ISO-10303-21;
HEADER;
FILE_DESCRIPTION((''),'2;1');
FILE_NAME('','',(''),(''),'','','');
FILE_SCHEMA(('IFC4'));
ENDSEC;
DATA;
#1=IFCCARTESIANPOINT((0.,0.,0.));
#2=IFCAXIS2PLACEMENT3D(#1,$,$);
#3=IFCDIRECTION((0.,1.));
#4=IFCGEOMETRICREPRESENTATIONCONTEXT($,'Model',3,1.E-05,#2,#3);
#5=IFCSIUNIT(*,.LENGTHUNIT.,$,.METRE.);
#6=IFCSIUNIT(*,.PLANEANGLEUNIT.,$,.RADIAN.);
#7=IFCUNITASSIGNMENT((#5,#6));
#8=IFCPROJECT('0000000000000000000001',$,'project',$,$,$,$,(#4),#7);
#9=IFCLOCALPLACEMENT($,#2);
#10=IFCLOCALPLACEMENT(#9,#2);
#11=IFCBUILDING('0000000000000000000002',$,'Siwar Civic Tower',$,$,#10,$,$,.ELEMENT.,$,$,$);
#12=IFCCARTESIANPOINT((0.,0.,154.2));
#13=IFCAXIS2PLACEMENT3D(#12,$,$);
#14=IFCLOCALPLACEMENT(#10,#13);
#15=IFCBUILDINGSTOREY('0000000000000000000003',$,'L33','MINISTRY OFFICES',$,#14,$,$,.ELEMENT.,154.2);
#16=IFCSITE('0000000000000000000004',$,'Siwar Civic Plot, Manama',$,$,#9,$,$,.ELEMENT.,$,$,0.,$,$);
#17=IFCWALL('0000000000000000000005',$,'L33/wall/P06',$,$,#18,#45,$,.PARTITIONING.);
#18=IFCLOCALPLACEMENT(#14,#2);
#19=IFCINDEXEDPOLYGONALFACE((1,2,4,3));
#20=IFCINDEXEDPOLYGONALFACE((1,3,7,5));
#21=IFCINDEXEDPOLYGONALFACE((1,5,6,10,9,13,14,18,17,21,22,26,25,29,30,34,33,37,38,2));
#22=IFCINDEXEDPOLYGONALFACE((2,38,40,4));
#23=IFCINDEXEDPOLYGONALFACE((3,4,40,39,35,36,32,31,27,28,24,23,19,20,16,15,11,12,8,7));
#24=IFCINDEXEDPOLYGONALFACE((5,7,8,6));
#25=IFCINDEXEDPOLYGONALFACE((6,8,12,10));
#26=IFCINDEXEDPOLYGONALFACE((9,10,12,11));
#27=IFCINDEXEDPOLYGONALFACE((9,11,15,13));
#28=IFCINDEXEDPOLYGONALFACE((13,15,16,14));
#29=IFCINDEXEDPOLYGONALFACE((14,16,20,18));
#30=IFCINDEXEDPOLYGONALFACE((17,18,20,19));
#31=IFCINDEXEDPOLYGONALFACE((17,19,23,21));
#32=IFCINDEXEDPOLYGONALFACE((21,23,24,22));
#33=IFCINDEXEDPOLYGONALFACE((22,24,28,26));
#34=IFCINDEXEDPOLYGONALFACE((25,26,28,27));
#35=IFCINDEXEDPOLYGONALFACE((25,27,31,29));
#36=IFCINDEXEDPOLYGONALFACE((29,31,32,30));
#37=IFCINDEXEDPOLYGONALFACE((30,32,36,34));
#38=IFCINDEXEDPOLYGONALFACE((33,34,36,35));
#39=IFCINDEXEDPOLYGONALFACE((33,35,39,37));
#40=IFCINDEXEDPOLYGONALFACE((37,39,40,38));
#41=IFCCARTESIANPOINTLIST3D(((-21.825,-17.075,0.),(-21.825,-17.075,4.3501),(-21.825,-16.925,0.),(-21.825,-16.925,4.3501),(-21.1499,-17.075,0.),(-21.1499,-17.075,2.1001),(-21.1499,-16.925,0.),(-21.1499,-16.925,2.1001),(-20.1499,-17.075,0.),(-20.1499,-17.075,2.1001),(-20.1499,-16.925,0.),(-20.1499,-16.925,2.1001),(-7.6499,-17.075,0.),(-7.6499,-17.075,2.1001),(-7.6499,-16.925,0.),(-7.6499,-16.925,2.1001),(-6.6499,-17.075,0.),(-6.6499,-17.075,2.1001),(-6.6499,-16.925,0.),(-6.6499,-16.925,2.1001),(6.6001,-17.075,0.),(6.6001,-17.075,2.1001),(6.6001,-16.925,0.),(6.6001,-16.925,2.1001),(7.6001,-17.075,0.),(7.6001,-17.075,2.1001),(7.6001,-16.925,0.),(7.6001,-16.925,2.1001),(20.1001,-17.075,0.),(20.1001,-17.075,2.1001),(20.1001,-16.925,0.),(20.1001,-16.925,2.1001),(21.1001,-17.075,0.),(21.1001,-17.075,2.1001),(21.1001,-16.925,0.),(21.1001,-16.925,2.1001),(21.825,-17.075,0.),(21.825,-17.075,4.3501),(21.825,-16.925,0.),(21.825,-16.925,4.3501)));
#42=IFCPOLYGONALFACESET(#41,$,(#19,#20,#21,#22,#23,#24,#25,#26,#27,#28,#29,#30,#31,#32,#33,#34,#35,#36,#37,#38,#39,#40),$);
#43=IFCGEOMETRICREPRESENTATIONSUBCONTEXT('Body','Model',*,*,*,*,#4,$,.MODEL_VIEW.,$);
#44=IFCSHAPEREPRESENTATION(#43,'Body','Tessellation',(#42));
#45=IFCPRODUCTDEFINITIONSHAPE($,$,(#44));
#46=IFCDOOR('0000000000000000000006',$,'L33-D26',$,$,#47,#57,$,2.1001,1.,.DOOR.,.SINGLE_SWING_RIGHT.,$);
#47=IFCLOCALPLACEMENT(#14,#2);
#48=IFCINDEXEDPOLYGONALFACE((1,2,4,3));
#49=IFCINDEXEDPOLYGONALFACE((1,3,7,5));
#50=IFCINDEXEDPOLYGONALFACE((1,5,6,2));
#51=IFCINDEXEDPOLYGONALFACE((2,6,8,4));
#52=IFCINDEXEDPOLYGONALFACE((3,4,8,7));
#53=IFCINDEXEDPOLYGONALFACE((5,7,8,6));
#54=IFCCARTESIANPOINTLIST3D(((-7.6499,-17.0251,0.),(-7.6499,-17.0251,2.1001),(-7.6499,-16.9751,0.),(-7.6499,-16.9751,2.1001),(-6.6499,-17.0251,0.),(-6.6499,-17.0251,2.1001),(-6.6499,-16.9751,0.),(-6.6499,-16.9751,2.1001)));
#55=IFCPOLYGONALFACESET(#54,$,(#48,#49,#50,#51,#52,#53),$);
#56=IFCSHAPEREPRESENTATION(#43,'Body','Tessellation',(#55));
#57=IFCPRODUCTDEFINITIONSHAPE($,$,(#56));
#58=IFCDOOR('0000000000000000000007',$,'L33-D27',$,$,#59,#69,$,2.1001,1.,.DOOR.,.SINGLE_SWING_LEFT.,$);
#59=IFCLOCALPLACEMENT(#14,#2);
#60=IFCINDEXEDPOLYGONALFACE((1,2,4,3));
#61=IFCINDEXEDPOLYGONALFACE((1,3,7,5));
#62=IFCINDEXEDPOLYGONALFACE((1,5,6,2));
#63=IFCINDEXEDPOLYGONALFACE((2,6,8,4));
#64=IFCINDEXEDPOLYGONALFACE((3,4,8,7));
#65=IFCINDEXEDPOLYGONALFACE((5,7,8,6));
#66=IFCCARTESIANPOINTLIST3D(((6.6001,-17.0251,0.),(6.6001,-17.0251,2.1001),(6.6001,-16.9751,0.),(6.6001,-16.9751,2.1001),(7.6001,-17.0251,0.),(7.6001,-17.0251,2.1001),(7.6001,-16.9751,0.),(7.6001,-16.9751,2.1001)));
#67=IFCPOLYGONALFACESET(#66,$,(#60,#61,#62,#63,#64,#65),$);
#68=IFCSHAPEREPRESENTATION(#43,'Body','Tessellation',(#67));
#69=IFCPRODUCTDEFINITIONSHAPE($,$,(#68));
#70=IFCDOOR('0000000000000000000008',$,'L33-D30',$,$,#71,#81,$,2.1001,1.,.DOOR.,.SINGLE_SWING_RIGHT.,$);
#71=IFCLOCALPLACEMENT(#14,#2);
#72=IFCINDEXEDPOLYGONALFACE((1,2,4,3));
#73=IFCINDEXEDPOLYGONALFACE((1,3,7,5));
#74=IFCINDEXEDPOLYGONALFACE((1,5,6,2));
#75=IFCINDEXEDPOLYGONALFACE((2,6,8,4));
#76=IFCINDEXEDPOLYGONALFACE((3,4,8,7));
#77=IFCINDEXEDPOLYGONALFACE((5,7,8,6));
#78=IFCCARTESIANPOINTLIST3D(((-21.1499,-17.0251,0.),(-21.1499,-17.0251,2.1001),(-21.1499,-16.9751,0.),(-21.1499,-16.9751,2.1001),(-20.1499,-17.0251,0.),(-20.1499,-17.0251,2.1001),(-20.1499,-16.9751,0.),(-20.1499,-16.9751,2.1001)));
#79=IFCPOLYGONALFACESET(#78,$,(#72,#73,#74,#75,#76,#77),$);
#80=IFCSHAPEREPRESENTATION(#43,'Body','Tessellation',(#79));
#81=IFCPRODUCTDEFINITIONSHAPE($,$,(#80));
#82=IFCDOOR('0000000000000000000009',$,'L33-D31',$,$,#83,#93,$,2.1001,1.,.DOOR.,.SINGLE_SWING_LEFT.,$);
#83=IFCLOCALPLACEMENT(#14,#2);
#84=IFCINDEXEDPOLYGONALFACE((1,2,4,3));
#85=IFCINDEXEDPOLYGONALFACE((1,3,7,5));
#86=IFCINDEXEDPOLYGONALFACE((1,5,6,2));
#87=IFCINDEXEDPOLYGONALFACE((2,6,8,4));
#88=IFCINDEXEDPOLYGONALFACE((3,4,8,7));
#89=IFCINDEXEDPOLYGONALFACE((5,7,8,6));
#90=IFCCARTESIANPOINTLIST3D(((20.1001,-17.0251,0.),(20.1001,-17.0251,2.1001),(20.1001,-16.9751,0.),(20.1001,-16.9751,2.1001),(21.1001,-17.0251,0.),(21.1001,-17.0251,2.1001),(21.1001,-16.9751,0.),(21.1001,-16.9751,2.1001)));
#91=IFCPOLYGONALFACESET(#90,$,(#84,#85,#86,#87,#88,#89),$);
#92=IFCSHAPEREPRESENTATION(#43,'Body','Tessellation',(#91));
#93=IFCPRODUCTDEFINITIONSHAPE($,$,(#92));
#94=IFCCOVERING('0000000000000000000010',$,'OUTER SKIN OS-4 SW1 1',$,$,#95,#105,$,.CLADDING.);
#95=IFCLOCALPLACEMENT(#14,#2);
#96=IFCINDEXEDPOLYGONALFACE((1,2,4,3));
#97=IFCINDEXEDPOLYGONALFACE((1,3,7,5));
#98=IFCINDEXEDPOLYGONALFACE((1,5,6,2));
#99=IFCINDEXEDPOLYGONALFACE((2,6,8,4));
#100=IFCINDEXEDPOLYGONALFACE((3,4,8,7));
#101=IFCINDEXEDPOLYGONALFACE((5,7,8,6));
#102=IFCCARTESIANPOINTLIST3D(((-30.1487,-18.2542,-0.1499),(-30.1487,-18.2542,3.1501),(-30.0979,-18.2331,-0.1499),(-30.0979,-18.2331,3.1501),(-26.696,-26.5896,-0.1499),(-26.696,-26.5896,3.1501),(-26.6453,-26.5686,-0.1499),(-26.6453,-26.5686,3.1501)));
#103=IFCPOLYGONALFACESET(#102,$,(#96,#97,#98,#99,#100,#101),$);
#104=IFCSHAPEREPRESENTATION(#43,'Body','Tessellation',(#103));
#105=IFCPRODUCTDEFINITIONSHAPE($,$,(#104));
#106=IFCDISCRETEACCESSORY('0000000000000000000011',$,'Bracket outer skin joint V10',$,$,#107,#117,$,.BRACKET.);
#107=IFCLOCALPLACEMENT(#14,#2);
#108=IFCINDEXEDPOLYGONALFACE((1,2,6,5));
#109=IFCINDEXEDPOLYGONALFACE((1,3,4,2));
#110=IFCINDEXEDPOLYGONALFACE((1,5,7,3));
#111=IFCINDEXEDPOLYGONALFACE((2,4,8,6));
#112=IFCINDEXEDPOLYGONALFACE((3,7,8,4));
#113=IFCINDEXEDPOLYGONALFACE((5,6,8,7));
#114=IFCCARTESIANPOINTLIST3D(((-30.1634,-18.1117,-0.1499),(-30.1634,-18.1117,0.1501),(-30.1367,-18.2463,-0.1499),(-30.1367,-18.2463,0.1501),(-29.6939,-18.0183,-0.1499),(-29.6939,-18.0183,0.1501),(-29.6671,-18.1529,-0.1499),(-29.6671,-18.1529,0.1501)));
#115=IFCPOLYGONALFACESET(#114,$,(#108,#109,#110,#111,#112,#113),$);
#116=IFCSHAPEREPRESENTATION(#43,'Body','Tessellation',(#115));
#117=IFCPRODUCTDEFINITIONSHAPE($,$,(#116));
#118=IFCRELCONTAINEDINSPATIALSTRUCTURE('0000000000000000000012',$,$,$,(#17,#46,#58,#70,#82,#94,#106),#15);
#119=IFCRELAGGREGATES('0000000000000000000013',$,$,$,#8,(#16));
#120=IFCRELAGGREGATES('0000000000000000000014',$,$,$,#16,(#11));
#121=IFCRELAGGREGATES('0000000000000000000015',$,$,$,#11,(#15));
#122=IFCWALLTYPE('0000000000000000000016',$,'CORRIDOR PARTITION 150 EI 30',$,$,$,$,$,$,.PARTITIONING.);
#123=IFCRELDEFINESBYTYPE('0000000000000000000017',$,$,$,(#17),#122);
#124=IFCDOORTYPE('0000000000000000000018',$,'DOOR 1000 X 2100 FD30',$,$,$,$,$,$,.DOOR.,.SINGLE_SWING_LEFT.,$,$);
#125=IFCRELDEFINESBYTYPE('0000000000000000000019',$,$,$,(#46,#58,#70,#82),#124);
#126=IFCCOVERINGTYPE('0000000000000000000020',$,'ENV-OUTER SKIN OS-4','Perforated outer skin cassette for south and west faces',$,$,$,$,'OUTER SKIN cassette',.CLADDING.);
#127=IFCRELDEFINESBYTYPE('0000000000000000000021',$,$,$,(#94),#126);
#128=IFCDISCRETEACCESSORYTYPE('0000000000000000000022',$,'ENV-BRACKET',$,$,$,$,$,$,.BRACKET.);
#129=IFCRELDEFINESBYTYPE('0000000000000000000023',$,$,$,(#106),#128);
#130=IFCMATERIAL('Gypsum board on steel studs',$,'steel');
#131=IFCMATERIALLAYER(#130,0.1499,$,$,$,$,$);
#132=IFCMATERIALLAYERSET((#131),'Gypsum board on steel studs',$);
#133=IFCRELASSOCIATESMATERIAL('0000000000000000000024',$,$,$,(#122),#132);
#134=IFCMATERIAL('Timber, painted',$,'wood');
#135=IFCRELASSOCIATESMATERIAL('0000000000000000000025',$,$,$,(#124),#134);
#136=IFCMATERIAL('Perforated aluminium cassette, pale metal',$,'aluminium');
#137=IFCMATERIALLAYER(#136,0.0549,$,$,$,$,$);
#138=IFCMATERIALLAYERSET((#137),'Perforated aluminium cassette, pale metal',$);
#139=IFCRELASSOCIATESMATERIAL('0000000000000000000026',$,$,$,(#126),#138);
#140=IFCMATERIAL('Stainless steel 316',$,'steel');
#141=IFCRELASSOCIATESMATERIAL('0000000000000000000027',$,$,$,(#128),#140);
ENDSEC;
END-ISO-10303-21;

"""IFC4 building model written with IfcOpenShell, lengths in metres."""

from ifc_helpers import new_model, si_unit, direction, frame, frame_2d, origin, origin_2d, place, context, subcontext, project, spatial, rectangle, extrude, material, layer, layer_set, type_object, element, fill, save


model = new_model("IFC4")

# Units and contexts
model_context = context("Model", 3, precision=1e-05, world=origin(), true_north=direction((0.0, 1.0)))
body_context = subcontext(model_context, "Body", "Model", "MODEL_VIEW")
ifc_project = project(units=[si_unit("LENGTHUNIT", "METRE"), si_unit("PLANEANGLEUNIT", "RADIAN")], contexts=[model_context])

# Site, building, storey
site_placement = place(None, origin())
site = spatial("IfcSite", under=ifc_project, at=site_placement, Name="Siwar Civic Plot, Manama", CompositionType="ELEMENT", RefElevation=0.0)
building_placement = place(site_placement, origin())
building = spatial("IfcBuilding", under=site, at=building_placement, Name="Siwar Civic Tower", CompositionType="ELEMENT")
storey_placement = place(building_placement, frame((0.0, 0.0, 154.2)))
storey = spatial("IfcBuildingStorey", under=building, at=storey_placement, Name="L33", Description="MINISTRY OFFICES", CompositionType="ELEMENT", Elevation=154.2)

# Shared definitions
ifc_material_1 = material(Name="Gypsum board on steel studs", Category="steel")
ifc_layer_1 = layer(ifc_material_1, 0.1499)
ifc_layer_set_1 = layer_set([ifc_layer_1], Name="Gypsum board on steel studs")
wall_type = type_object("IfcWallType", Name="CORRIDOR PARTITION 150 EI 30", PredefinedType="PARTITIONING", material=ifc_layer_set_1)
ifc_material_2 = material(Name="Timber, painted", Category="wood")
door_type = type_object("IfcDoorType", Name="DOOR 1000 X 2100 FD30", OperationType="SINGLE_SWING_LEFT", PredefinedType="DOOR", material=ifc_material_2)

# Wall, openings, doors
wall_1_placement = place(storey_placement, frame((-21.825, -17.0, 0.0), z_axis=(0.0, 0.0, 1.0), x_axis=(1.0, 0.0, 0.0)))
wall_1 = element("IfcWall", 1, at=wall_1_placement, inside=storey, type_object=wall_type, Name="L33/wall/P06", PredefinedType="PARTITIONING", context=body_context, shape_type="SweptSolid", body=[
    extrude(rectangle(XDim=43.6499, YDim=0.1499, at=frame_2d((21.825, 0.0))), origin(), (0.0, 0.0, 1.0), 4.3501),
])
opening_1_placement = place(wall_1_placement, frame((14.175, 0.0, 0.0)))
opening_1 = element("IfcOpeningElement", 2, at=opening_1_placement, cuts=wall_1, PredefinedType="OPENING", context=body_context, shape_type="SweptSolid", body=[
    extrude(rectangle(XDim=1.0, YDim=2.1001, at=frame_2d((0.5, 1.05))), frame((0.0, 0.085, 0.0), z_axis=(0.0, -1.0, 0.0), x_axis=(1.0, 0.0, 0.0)), (0.0, 0.0, 1.0), 0.1699),
])
opening_2_placement = place(wall_1_placement, frame((28.425, 0.0, 0.0)))
opening_2 = element("IfcOpeningElement", 3, at=opening_2_placement, cuts=wall_1, PredefinedType="OPENING", context=body_context, shape_type="SweptSolid", body=[
    extrude(rectangle(XDim=1.0, YDim=2.1001, at=frame_2d((0.5, 1.05))), frame((0.0, 0.085, 0.0), z_axis=(0.0, -1.0, 0.0), x_axis=(1.0, 0.0, 0.0)), (0.0, 0.0, 1.0), 0.1699),
])
opening_3_placement = place(wall_1_placement, frame((0.675, 0.0, 0.0)))
opening_3 = element("IfcOpeningElement", 4, at=opening_3_placement, cuts=wall_1, PredefinedType="OPENING", context=body_context, shape_type="SweptSolid", body=[
    extrude(rectangle(XDim=1.0, YDim=2.1001, at=frame_2d((0.5, 1.05))), frame((0.0, 0.085, 0.0), z_axis=(0.0, -1.0, 0.0), x_axis=(1.0, 0.0, 0.0)), (0.0, 0.0, 1.0), 0.1699),
])
opening_4_placement = place(wall_1_placement, frame((41.925, 0.0, 0.0)))
opening_4 = element("IfcOpeningElement", 5, at=opening_4_placement, cuts=wall_1, PredefinedType="OPENING", context=body_context, shape_type="SweptSolid", body=[
    extrude(rectangle(XDim=1.0, YDim=2.1001, at=frame_2d((0.5, 1.05))), frame((0.0, 0.085, 0.0), z_axis=(0.0, -1.0, 0.0), x_axis=(1.0, 0.0, 0.0)), (0.0, 0.0, 1.0), 0.1699),
])
door_1_placement = place(opening_1_placement, origin())
door_1 = element("IfcDoor", 6, at=door_1_placement, inside=storey, type_object=door_type, Name="L33-D26", OperationType="SINGLE_SWING_RIGHT", OverallHeight=2.1001, OverallWidth=1.0, PredefinedType="DOOR", context=body_context, shape_type="SweptSolid", body=[
    extrude(rectangle(XDim=1.0, YDim=2.1001, at=frame_2d((0.5, 1.05))), frame((0.0, 0.0249, 0.0), z_axis=(0.0, -1.0, 0.0), x_axis=(1.0, 0.0, 0.0)), (0.0, 0.0, 1.0), 0.05),
])
fill(opening_1, door_1)
door_2_placement = place(opening_2_placement, origin())
door_2 = element("IfcDoor", 7, at=door_2_placement, inside=storey, type_object=door_type, Name="L33-D27", OperationType="SINGLE_SWING_LEFT", OverallHeight=2.1001, OverallWidth=1.0, PredefinedType="DOOR", context=body_context, shape_type="SweptSolid", body=[
    extrude(rectangle(XDim=1.0, YDim=2.1001, at=frame_2d((0.5, 1.05))), frame((0.0, 0.0249, 0.0), z_axis=(0.0, -1.0, 0.0), x_axis=(1.0, 0.0, 0.0)), (0.0, 0.0, 1.0), 0.05),
])
fill(opening_2, door_2)
door_3_placement = place(opening_3_placement, origin())
door_3 = element("IfcDoor", 8, at=door_3_placement, inside=storey, type_object=door_type, Name="L33-D30", OperationType="SINGLE_SWING_RIGHT", OverallHeight=2.1001, OverallWidth=1.0, PredefinedType="DOOR", context=body_context, shape_type="SweptSolid", body=[
    extrude(rectangle(XDim=1.0, YDim=2.1001, at=frame_2d((0.5, 1.05))), frame((0.0, 0.0249, 0.0), z_axis=(0.0, -1.0, 0.0), x_axis=(1.0, 0.0, 0.0)), (0.0, 0.0, 1.0), 0.05),
])
fill(opening_3, door_3)
door_4_placement = place(opening_4_placement, origin())
door_4 = element("IfcDoor", 9, at=door_4_placement, inside=storey, type_object=door_type, Name="L33-D31", OperationType="SINGLE_SWING_LEFT", OverallHeight=2.1001, OverallWidth=1.0, PredefinedType="DOOR", context=body_context, shape_type="SweptSolid", body=[
    extrude(rectangle(XDim=1.0, YDim=2.1001, at=frame_2d((0.5, 1.05))), frame((0.0, 0.0249, 0.0), z_axis=(0.0, -1.0, 0.0), x_axis=(1.0, 0.0, 0.0)), (0.0, 0.0, 1.0), 0.05),
])
fill(opening_4, door_4)

# Covering
ifc_material_3 = material(Name="Perforated aluminium cassette, pale metal", Category="aluminium")
ifc_layer_2 = layer(ifc_material_3, 0.0549)
ifc_layer_set_2 = layer_set([ifc_layer_2], Name="Perforated aluminium cassette, pale metal")
covering_type = type_object("IfcCoveringType", Name="ENV-OUTER SKIN OS-4", Description="Perforated outer skin cassette for south and west faces", ElementType="OUTER SKIN cassette", PredefinedType="CLADDING", material=ifc_layer_set_2)
covering_placement = place(storey_placement, frame((-28.397, -22.4114, -0.1499), z_axis=(0.0, 0.0, 1.0), x_axis=(0.382683, -0.92388, 0.0)))
element("IfcCovering", 10, at=covering_placement, inside=storey, type_object=covering_type, Name="OUTER SKIN OS-4 SW1 1", PredefinedType="CLADDING", context=body_context, shape_type="SweptSolid", body=[
    extrude(rectangle(XDim=9.0222, YDim=0.0549, at=origin_2d()), origin(), (0.0, 0.0, 1.0), 3.3),
])

# Discrete accessory
ifc_material_4 = material(Name="Stainless steel 316", Category="steel")
discrete_accessory_type = type_object("IfcDiscreteAccessoryType", Name="ENV-BRACKET", PredefinedType="BRACKET", material=ifc_material_4)
discrete_accessory_placement = place(storey_placement, frame((-29.9153, -18.1323, -0.1499), z_axis=(0.0, 0.0, 1.0), x_axis=(-0.980785, -0.19509, 0.0)))
element("IfcDiscreteAccessory", 11, at=discrete_accessory_placement, inside=storey, type_object=discrete_accessory_type, Name="Bracket outer skin joint V10", PredefinedType="BRACKET", context=body_context, shape_type="SweptSolid", body=[
    extrude(rectangle(XDim=0.4788, YDim=0.1372, at=origin_2d()), origin(), (0.0, 0.0, 1.0), 0.3),
])

save(model, "model.ifc")
